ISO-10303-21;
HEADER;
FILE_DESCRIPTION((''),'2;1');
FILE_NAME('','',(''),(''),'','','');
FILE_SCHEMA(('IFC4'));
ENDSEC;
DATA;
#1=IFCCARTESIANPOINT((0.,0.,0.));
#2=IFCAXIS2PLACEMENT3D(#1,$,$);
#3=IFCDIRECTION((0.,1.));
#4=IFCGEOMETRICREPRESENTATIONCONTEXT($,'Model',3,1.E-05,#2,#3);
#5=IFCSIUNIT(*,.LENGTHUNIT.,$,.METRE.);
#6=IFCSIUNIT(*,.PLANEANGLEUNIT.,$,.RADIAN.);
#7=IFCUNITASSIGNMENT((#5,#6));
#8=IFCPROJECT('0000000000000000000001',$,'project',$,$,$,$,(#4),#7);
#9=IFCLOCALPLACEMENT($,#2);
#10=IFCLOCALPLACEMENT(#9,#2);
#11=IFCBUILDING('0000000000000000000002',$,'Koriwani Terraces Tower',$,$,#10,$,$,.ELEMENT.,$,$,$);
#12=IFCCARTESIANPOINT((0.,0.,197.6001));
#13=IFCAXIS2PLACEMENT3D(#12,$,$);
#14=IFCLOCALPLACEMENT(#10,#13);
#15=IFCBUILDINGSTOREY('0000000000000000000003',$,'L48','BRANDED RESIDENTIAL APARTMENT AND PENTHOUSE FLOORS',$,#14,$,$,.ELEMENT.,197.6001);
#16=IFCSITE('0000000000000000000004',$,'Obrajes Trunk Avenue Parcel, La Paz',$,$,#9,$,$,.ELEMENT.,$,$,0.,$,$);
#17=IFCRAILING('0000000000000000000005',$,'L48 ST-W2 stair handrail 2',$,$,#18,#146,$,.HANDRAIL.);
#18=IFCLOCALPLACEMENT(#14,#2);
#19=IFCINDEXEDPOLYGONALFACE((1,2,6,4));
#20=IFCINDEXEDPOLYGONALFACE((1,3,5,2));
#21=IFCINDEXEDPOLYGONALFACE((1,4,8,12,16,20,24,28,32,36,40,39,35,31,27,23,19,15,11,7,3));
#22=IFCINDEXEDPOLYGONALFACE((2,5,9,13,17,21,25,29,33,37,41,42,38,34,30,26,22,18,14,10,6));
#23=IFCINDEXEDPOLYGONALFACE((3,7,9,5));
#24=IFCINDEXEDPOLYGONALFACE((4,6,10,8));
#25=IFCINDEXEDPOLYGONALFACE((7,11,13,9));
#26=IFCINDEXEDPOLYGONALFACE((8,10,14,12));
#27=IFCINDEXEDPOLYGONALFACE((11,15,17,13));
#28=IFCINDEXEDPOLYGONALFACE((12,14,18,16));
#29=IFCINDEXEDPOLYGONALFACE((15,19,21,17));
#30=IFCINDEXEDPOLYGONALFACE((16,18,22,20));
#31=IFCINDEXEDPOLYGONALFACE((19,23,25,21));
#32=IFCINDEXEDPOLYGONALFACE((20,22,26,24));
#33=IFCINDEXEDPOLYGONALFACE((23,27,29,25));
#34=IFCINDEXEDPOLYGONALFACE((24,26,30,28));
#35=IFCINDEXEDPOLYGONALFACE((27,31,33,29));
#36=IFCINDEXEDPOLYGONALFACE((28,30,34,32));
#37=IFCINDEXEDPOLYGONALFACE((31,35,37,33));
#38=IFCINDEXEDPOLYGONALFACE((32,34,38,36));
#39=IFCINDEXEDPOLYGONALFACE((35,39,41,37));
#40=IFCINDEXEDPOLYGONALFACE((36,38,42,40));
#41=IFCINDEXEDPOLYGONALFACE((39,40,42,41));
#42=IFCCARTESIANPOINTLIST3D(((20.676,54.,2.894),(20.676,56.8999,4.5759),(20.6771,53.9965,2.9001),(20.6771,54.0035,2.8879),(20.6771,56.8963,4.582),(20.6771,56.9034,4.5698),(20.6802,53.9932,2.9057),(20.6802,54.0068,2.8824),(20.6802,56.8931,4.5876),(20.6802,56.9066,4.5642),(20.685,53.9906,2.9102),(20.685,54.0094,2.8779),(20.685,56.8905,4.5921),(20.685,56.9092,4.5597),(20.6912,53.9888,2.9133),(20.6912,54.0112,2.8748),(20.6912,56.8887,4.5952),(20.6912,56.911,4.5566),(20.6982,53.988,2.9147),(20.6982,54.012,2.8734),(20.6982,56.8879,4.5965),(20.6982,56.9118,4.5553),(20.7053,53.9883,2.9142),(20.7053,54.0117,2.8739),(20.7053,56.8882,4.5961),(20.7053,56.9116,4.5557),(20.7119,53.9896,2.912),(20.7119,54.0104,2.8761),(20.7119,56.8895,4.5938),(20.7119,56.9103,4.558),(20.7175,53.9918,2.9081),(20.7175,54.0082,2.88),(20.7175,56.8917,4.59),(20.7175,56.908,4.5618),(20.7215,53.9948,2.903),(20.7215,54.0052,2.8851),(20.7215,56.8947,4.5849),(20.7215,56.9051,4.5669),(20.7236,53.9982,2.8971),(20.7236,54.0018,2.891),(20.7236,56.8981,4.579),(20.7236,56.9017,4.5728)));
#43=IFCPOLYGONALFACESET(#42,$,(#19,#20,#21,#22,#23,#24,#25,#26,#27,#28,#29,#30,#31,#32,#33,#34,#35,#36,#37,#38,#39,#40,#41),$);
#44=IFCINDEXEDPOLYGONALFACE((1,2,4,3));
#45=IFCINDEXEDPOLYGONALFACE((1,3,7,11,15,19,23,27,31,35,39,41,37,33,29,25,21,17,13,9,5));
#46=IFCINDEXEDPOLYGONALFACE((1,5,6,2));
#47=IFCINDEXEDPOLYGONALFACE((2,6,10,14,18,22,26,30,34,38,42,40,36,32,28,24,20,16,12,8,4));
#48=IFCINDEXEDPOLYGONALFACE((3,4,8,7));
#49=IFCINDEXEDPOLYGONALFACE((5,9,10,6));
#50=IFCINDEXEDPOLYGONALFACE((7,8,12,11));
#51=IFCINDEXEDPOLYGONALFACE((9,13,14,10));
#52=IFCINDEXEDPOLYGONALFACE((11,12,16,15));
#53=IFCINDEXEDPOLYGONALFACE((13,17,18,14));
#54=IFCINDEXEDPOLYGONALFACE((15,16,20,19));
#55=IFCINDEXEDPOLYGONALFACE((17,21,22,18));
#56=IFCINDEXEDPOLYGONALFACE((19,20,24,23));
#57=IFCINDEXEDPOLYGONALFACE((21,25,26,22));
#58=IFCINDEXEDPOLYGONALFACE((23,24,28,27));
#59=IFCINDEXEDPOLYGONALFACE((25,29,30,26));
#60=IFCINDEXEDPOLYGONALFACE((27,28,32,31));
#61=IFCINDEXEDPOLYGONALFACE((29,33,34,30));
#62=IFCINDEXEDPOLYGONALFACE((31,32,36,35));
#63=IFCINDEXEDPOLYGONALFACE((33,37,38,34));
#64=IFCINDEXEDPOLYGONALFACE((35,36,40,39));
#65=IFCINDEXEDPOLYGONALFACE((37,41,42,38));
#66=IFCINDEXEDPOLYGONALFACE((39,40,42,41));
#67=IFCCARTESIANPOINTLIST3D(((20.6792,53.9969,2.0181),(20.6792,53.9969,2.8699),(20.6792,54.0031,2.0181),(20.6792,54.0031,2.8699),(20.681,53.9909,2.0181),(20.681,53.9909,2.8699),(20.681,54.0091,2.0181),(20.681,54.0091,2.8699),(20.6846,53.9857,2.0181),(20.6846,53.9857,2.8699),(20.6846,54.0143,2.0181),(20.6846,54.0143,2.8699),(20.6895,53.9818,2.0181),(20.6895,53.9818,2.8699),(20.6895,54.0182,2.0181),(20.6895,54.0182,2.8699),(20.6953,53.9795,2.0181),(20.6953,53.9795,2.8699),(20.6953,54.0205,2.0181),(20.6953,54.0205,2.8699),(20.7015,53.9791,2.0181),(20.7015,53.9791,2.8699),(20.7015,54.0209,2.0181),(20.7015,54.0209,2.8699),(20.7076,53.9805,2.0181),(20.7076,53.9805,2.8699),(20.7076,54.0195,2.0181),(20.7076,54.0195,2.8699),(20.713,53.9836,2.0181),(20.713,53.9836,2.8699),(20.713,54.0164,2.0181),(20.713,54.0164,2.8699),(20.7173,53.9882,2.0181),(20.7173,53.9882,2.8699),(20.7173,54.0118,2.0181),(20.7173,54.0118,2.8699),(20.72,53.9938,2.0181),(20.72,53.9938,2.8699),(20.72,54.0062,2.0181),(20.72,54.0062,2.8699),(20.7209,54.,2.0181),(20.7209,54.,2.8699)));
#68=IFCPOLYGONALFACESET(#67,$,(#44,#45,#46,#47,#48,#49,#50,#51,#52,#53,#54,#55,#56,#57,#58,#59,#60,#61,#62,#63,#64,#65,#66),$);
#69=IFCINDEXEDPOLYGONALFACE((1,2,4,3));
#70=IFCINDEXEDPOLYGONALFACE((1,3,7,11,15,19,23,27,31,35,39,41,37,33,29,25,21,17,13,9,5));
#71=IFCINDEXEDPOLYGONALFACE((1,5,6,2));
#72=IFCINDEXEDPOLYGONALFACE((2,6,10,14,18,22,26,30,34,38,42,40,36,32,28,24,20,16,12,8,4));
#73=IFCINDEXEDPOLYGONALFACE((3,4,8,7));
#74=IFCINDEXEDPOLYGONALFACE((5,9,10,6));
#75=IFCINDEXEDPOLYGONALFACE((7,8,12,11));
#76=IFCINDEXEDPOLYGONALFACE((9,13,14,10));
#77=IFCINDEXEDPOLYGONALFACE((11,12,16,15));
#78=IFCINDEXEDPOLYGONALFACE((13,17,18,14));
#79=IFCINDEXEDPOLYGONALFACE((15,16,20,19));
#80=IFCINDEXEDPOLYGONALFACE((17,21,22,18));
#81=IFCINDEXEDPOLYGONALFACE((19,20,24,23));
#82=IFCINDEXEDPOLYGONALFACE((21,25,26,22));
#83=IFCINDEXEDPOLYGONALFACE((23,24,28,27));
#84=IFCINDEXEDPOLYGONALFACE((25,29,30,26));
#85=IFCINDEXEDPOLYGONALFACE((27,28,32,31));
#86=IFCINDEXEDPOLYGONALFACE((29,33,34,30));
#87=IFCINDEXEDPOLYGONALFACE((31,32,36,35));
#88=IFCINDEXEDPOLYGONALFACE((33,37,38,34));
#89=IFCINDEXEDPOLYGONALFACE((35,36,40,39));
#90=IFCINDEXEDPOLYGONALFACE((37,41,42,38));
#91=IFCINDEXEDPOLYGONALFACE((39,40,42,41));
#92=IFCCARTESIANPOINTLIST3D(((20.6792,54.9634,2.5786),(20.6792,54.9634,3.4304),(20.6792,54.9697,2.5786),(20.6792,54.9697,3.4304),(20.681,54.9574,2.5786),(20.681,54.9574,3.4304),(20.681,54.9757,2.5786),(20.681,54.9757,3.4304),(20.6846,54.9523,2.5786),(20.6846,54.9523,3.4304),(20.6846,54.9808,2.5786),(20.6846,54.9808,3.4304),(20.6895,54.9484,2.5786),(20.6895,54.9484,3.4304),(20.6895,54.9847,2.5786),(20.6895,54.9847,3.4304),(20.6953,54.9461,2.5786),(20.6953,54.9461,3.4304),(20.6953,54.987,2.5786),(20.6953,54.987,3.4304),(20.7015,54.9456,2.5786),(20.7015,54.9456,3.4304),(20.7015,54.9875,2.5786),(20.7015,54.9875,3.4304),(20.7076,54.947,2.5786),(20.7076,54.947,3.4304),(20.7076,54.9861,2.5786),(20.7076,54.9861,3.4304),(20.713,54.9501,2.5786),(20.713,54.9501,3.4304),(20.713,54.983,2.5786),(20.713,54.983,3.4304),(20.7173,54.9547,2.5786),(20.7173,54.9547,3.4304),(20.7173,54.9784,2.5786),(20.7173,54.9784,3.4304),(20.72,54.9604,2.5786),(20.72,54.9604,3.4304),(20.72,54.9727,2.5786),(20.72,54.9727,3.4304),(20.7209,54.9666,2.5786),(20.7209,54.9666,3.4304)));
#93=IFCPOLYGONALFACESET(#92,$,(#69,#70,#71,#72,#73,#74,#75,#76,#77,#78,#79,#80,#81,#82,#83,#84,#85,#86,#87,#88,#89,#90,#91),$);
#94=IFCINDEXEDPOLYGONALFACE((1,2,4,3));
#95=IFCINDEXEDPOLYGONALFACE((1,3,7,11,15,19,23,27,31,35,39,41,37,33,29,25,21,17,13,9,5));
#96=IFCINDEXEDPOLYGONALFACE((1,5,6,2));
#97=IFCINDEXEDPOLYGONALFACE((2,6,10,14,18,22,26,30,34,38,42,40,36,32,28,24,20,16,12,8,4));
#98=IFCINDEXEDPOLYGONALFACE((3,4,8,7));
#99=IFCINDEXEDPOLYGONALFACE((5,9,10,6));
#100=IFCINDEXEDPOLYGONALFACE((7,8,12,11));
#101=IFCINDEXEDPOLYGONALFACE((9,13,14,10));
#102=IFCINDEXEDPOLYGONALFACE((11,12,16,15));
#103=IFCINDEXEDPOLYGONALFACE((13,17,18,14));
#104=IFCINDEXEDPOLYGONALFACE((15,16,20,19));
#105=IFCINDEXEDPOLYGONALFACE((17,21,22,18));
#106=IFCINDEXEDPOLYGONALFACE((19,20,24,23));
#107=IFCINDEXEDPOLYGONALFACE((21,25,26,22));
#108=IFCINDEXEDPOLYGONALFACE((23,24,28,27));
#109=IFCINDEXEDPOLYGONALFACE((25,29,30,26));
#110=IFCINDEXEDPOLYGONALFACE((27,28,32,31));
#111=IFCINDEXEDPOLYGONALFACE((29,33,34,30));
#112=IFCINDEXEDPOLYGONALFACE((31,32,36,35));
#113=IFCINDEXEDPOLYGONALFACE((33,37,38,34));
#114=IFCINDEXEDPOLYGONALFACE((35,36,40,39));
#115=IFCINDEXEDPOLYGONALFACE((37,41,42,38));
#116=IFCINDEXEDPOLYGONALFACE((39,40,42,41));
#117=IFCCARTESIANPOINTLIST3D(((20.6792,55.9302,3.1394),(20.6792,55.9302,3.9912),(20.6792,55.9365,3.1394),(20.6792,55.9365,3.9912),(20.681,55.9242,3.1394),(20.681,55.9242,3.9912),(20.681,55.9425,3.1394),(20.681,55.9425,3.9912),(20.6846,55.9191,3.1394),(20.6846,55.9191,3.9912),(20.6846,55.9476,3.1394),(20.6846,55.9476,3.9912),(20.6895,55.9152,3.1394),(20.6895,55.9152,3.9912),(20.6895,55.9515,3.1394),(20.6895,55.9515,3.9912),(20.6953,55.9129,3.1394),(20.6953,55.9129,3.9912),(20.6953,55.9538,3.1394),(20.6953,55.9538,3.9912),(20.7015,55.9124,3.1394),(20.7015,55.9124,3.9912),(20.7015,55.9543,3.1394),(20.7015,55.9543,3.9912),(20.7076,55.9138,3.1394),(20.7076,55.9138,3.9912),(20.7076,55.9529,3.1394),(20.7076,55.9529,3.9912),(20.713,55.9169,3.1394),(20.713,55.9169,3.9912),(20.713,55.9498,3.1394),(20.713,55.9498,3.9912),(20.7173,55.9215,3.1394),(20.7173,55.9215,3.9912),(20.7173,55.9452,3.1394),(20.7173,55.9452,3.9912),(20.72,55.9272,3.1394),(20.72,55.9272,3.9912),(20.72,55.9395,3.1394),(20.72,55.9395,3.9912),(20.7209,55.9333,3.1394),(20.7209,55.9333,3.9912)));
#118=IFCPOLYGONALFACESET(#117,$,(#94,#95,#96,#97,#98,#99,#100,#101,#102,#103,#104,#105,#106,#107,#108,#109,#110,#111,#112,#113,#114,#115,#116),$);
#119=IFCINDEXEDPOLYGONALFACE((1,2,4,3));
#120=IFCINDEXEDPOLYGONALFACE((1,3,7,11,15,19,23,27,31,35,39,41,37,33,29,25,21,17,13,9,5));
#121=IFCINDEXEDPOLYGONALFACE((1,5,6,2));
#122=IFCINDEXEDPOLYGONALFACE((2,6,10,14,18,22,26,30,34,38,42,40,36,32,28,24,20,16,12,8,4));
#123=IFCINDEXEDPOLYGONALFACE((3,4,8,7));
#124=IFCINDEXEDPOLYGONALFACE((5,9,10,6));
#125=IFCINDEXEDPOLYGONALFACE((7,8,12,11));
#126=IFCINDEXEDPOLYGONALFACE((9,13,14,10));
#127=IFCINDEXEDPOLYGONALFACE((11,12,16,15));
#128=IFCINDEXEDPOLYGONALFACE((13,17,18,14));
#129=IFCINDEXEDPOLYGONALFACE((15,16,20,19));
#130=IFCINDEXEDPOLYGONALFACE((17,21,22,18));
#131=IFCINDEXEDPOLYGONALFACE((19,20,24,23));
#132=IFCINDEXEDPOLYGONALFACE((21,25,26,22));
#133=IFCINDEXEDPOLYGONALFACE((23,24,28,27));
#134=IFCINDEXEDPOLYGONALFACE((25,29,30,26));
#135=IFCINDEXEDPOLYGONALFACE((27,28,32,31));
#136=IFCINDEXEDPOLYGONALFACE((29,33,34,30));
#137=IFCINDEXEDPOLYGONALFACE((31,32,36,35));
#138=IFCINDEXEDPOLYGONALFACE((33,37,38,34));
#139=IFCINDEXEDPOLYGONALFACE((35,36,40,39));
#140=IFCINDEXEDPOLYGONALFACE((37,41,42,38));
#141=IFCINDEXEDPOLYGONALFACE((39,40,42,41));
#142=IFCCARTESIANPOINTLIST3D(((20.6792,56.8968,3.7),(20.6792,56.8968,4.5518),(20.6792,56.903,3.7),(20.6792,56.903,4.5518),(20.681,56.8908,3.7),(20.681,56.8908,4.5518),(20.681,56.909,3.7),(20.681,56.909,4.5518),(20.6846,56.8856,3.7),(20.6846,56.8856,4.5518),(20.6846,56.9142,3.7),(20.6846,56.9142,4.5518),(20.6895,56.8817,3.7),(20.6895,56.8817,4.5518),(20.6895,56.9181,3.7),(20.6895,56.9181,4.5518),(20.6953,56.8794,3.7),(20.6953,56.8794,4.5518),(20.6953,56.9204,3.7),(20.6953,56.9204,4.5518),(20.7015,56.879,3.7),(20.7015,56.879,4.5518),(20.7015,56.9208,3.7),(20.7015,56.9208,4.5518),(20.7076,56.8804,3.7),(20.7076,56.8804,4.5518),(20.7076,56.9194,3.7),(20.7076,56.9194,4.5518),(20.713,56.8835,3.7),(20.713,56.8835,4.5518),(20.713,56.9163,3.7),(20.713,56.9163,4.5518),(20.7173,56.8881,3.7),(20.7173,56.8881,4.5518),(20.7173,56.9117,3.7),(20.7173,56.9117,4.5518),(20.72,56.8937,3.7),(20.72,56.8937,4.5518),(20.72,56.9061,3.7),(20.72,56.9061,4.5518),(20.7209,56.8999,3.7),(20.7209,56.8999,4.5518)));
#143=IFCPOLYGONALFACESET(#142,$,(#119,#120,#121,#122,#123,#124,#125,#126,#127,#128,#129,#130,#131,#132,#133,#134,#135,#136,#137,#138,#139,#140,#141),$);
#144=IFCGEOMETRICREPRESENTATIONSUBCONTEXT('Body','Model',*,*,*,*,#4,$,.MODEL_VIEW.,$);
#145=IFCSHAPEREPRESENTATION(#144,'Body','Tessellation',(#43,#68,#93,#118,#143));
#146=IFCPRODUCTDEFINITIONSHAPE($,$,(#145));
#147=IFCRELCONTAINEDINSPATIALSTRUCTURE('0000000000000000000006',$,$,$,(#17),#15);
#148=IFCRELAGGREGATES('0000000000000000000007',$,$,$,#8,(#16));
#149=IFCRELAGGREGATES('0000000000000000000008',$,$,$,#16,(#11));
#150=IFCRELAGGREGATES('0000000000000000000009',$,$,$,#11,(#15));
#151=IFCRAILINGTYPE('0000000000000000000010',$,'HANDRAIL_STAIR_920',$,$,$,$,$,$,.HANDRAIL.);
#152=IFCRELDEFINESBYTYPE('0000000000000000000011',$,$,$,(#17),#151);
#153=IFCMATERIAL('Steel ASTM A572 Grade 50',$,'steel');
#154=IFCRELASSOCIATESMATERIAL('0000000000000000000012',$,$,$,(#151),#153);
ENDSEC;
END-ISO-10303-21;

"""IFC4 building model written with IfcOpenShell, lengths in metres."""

from ifc_helpers import new_model, si_unit, direction, frame, origin, origin_2d, place, context, subcontext, project, spatial, circle, extrude, material, type_object, element, save


model = new_model("IFC4")

# Units and contexts
model_context = context("Model", 3, precision=1e-05, world=origin(), true_north=direction((0.0, 1.0)))
body_context = subcontext(model_context, "Body", "Model", "MODEL_VIEW")
ifc_project = project(units=[si_unit("LENGTHUNIT", "METRE"), si_unit("PLANEANGLEUNIT", "RADIAN")], contexts=[model_context])

# Site, building, storey
site_placement = place(None, origin())
site = spatial("IfcSite", under=ifc_project, at=site_placement, Name="Obrajes Trunk Avenue Parcel, La Paz", CompositionType="ELEMENT", RefElevation=0.0)
building_placement = place(site_placement, origin())
building = spatial("IfcBuilding", under=site, at=building_placement, Name="Koriwani Terraces Tower", CompositionType="ELEMENT")
storey_placement = place(building_placement, frame((0.0, 0.0, 197.6001)))
storey = spatial("IfcBuildingStorey", under=building, at=storey_placement, Name="L48", Description="BRANDED RESIDENTIAL APARTMENT AND PENTHOUSE FLOORS", CompositionType="ELEMENT", Elevation=197.6001)

# Shared definitions
ifc_material_1 = material(Name="Steel ASTM A572 Grade 50", Category="steel")

# Railing
railing_type_1 = type_object("IfcRailingType", Name="HANDRAIL_STAIR_920", PredefinedType="HANDRAIL", material=ifc_material_1)
railing_1_placement = place(storey_placement, frame((20.7, 54.0, 2.0181)))
element("IfcRailing", 1, at=railing_1_placement, inside=storey, type_object=railing_type_1, Name="L48 ST-W2 stair handrail 2", PredefinedType="HANDRAIL", context=body_context, shape_type="SweptSolid", body=[
    extrude(circle(Radius=0.0239, at=origin_2d()), frame((0.0, 0.0, 0.876), z_axis=(0.0, 0.865039, 0.501705), x_axis=(-1.0, 0.0, 0.0)), (0.0, 0.0, 1.0), 3.3523),
    extrude(circle(Radius=0.021, at=origin_2d()), origin(), (0.0, 0.0, 1.0), 0.8518),
    extrude(circle(Radius=0.021, at=origin_2d()), frame((0.0, 0.9666, 0.5605)), (0.0, 0.0, 1.0), 0.8518),
    extrude(circle(Radius=0.021, at=origin_2d()), frame((0.0, 1.9333, 1.1213)), (0.0, 0.0, 1.0), 0.8518),
    extrude(circle(Radius=0.021, at=origin_2d()), frame((0.0, 2.8999, 1.6819)), (0.0, 0.0, 1.0), 0.8518),
])

save(model, "model.ifc")
